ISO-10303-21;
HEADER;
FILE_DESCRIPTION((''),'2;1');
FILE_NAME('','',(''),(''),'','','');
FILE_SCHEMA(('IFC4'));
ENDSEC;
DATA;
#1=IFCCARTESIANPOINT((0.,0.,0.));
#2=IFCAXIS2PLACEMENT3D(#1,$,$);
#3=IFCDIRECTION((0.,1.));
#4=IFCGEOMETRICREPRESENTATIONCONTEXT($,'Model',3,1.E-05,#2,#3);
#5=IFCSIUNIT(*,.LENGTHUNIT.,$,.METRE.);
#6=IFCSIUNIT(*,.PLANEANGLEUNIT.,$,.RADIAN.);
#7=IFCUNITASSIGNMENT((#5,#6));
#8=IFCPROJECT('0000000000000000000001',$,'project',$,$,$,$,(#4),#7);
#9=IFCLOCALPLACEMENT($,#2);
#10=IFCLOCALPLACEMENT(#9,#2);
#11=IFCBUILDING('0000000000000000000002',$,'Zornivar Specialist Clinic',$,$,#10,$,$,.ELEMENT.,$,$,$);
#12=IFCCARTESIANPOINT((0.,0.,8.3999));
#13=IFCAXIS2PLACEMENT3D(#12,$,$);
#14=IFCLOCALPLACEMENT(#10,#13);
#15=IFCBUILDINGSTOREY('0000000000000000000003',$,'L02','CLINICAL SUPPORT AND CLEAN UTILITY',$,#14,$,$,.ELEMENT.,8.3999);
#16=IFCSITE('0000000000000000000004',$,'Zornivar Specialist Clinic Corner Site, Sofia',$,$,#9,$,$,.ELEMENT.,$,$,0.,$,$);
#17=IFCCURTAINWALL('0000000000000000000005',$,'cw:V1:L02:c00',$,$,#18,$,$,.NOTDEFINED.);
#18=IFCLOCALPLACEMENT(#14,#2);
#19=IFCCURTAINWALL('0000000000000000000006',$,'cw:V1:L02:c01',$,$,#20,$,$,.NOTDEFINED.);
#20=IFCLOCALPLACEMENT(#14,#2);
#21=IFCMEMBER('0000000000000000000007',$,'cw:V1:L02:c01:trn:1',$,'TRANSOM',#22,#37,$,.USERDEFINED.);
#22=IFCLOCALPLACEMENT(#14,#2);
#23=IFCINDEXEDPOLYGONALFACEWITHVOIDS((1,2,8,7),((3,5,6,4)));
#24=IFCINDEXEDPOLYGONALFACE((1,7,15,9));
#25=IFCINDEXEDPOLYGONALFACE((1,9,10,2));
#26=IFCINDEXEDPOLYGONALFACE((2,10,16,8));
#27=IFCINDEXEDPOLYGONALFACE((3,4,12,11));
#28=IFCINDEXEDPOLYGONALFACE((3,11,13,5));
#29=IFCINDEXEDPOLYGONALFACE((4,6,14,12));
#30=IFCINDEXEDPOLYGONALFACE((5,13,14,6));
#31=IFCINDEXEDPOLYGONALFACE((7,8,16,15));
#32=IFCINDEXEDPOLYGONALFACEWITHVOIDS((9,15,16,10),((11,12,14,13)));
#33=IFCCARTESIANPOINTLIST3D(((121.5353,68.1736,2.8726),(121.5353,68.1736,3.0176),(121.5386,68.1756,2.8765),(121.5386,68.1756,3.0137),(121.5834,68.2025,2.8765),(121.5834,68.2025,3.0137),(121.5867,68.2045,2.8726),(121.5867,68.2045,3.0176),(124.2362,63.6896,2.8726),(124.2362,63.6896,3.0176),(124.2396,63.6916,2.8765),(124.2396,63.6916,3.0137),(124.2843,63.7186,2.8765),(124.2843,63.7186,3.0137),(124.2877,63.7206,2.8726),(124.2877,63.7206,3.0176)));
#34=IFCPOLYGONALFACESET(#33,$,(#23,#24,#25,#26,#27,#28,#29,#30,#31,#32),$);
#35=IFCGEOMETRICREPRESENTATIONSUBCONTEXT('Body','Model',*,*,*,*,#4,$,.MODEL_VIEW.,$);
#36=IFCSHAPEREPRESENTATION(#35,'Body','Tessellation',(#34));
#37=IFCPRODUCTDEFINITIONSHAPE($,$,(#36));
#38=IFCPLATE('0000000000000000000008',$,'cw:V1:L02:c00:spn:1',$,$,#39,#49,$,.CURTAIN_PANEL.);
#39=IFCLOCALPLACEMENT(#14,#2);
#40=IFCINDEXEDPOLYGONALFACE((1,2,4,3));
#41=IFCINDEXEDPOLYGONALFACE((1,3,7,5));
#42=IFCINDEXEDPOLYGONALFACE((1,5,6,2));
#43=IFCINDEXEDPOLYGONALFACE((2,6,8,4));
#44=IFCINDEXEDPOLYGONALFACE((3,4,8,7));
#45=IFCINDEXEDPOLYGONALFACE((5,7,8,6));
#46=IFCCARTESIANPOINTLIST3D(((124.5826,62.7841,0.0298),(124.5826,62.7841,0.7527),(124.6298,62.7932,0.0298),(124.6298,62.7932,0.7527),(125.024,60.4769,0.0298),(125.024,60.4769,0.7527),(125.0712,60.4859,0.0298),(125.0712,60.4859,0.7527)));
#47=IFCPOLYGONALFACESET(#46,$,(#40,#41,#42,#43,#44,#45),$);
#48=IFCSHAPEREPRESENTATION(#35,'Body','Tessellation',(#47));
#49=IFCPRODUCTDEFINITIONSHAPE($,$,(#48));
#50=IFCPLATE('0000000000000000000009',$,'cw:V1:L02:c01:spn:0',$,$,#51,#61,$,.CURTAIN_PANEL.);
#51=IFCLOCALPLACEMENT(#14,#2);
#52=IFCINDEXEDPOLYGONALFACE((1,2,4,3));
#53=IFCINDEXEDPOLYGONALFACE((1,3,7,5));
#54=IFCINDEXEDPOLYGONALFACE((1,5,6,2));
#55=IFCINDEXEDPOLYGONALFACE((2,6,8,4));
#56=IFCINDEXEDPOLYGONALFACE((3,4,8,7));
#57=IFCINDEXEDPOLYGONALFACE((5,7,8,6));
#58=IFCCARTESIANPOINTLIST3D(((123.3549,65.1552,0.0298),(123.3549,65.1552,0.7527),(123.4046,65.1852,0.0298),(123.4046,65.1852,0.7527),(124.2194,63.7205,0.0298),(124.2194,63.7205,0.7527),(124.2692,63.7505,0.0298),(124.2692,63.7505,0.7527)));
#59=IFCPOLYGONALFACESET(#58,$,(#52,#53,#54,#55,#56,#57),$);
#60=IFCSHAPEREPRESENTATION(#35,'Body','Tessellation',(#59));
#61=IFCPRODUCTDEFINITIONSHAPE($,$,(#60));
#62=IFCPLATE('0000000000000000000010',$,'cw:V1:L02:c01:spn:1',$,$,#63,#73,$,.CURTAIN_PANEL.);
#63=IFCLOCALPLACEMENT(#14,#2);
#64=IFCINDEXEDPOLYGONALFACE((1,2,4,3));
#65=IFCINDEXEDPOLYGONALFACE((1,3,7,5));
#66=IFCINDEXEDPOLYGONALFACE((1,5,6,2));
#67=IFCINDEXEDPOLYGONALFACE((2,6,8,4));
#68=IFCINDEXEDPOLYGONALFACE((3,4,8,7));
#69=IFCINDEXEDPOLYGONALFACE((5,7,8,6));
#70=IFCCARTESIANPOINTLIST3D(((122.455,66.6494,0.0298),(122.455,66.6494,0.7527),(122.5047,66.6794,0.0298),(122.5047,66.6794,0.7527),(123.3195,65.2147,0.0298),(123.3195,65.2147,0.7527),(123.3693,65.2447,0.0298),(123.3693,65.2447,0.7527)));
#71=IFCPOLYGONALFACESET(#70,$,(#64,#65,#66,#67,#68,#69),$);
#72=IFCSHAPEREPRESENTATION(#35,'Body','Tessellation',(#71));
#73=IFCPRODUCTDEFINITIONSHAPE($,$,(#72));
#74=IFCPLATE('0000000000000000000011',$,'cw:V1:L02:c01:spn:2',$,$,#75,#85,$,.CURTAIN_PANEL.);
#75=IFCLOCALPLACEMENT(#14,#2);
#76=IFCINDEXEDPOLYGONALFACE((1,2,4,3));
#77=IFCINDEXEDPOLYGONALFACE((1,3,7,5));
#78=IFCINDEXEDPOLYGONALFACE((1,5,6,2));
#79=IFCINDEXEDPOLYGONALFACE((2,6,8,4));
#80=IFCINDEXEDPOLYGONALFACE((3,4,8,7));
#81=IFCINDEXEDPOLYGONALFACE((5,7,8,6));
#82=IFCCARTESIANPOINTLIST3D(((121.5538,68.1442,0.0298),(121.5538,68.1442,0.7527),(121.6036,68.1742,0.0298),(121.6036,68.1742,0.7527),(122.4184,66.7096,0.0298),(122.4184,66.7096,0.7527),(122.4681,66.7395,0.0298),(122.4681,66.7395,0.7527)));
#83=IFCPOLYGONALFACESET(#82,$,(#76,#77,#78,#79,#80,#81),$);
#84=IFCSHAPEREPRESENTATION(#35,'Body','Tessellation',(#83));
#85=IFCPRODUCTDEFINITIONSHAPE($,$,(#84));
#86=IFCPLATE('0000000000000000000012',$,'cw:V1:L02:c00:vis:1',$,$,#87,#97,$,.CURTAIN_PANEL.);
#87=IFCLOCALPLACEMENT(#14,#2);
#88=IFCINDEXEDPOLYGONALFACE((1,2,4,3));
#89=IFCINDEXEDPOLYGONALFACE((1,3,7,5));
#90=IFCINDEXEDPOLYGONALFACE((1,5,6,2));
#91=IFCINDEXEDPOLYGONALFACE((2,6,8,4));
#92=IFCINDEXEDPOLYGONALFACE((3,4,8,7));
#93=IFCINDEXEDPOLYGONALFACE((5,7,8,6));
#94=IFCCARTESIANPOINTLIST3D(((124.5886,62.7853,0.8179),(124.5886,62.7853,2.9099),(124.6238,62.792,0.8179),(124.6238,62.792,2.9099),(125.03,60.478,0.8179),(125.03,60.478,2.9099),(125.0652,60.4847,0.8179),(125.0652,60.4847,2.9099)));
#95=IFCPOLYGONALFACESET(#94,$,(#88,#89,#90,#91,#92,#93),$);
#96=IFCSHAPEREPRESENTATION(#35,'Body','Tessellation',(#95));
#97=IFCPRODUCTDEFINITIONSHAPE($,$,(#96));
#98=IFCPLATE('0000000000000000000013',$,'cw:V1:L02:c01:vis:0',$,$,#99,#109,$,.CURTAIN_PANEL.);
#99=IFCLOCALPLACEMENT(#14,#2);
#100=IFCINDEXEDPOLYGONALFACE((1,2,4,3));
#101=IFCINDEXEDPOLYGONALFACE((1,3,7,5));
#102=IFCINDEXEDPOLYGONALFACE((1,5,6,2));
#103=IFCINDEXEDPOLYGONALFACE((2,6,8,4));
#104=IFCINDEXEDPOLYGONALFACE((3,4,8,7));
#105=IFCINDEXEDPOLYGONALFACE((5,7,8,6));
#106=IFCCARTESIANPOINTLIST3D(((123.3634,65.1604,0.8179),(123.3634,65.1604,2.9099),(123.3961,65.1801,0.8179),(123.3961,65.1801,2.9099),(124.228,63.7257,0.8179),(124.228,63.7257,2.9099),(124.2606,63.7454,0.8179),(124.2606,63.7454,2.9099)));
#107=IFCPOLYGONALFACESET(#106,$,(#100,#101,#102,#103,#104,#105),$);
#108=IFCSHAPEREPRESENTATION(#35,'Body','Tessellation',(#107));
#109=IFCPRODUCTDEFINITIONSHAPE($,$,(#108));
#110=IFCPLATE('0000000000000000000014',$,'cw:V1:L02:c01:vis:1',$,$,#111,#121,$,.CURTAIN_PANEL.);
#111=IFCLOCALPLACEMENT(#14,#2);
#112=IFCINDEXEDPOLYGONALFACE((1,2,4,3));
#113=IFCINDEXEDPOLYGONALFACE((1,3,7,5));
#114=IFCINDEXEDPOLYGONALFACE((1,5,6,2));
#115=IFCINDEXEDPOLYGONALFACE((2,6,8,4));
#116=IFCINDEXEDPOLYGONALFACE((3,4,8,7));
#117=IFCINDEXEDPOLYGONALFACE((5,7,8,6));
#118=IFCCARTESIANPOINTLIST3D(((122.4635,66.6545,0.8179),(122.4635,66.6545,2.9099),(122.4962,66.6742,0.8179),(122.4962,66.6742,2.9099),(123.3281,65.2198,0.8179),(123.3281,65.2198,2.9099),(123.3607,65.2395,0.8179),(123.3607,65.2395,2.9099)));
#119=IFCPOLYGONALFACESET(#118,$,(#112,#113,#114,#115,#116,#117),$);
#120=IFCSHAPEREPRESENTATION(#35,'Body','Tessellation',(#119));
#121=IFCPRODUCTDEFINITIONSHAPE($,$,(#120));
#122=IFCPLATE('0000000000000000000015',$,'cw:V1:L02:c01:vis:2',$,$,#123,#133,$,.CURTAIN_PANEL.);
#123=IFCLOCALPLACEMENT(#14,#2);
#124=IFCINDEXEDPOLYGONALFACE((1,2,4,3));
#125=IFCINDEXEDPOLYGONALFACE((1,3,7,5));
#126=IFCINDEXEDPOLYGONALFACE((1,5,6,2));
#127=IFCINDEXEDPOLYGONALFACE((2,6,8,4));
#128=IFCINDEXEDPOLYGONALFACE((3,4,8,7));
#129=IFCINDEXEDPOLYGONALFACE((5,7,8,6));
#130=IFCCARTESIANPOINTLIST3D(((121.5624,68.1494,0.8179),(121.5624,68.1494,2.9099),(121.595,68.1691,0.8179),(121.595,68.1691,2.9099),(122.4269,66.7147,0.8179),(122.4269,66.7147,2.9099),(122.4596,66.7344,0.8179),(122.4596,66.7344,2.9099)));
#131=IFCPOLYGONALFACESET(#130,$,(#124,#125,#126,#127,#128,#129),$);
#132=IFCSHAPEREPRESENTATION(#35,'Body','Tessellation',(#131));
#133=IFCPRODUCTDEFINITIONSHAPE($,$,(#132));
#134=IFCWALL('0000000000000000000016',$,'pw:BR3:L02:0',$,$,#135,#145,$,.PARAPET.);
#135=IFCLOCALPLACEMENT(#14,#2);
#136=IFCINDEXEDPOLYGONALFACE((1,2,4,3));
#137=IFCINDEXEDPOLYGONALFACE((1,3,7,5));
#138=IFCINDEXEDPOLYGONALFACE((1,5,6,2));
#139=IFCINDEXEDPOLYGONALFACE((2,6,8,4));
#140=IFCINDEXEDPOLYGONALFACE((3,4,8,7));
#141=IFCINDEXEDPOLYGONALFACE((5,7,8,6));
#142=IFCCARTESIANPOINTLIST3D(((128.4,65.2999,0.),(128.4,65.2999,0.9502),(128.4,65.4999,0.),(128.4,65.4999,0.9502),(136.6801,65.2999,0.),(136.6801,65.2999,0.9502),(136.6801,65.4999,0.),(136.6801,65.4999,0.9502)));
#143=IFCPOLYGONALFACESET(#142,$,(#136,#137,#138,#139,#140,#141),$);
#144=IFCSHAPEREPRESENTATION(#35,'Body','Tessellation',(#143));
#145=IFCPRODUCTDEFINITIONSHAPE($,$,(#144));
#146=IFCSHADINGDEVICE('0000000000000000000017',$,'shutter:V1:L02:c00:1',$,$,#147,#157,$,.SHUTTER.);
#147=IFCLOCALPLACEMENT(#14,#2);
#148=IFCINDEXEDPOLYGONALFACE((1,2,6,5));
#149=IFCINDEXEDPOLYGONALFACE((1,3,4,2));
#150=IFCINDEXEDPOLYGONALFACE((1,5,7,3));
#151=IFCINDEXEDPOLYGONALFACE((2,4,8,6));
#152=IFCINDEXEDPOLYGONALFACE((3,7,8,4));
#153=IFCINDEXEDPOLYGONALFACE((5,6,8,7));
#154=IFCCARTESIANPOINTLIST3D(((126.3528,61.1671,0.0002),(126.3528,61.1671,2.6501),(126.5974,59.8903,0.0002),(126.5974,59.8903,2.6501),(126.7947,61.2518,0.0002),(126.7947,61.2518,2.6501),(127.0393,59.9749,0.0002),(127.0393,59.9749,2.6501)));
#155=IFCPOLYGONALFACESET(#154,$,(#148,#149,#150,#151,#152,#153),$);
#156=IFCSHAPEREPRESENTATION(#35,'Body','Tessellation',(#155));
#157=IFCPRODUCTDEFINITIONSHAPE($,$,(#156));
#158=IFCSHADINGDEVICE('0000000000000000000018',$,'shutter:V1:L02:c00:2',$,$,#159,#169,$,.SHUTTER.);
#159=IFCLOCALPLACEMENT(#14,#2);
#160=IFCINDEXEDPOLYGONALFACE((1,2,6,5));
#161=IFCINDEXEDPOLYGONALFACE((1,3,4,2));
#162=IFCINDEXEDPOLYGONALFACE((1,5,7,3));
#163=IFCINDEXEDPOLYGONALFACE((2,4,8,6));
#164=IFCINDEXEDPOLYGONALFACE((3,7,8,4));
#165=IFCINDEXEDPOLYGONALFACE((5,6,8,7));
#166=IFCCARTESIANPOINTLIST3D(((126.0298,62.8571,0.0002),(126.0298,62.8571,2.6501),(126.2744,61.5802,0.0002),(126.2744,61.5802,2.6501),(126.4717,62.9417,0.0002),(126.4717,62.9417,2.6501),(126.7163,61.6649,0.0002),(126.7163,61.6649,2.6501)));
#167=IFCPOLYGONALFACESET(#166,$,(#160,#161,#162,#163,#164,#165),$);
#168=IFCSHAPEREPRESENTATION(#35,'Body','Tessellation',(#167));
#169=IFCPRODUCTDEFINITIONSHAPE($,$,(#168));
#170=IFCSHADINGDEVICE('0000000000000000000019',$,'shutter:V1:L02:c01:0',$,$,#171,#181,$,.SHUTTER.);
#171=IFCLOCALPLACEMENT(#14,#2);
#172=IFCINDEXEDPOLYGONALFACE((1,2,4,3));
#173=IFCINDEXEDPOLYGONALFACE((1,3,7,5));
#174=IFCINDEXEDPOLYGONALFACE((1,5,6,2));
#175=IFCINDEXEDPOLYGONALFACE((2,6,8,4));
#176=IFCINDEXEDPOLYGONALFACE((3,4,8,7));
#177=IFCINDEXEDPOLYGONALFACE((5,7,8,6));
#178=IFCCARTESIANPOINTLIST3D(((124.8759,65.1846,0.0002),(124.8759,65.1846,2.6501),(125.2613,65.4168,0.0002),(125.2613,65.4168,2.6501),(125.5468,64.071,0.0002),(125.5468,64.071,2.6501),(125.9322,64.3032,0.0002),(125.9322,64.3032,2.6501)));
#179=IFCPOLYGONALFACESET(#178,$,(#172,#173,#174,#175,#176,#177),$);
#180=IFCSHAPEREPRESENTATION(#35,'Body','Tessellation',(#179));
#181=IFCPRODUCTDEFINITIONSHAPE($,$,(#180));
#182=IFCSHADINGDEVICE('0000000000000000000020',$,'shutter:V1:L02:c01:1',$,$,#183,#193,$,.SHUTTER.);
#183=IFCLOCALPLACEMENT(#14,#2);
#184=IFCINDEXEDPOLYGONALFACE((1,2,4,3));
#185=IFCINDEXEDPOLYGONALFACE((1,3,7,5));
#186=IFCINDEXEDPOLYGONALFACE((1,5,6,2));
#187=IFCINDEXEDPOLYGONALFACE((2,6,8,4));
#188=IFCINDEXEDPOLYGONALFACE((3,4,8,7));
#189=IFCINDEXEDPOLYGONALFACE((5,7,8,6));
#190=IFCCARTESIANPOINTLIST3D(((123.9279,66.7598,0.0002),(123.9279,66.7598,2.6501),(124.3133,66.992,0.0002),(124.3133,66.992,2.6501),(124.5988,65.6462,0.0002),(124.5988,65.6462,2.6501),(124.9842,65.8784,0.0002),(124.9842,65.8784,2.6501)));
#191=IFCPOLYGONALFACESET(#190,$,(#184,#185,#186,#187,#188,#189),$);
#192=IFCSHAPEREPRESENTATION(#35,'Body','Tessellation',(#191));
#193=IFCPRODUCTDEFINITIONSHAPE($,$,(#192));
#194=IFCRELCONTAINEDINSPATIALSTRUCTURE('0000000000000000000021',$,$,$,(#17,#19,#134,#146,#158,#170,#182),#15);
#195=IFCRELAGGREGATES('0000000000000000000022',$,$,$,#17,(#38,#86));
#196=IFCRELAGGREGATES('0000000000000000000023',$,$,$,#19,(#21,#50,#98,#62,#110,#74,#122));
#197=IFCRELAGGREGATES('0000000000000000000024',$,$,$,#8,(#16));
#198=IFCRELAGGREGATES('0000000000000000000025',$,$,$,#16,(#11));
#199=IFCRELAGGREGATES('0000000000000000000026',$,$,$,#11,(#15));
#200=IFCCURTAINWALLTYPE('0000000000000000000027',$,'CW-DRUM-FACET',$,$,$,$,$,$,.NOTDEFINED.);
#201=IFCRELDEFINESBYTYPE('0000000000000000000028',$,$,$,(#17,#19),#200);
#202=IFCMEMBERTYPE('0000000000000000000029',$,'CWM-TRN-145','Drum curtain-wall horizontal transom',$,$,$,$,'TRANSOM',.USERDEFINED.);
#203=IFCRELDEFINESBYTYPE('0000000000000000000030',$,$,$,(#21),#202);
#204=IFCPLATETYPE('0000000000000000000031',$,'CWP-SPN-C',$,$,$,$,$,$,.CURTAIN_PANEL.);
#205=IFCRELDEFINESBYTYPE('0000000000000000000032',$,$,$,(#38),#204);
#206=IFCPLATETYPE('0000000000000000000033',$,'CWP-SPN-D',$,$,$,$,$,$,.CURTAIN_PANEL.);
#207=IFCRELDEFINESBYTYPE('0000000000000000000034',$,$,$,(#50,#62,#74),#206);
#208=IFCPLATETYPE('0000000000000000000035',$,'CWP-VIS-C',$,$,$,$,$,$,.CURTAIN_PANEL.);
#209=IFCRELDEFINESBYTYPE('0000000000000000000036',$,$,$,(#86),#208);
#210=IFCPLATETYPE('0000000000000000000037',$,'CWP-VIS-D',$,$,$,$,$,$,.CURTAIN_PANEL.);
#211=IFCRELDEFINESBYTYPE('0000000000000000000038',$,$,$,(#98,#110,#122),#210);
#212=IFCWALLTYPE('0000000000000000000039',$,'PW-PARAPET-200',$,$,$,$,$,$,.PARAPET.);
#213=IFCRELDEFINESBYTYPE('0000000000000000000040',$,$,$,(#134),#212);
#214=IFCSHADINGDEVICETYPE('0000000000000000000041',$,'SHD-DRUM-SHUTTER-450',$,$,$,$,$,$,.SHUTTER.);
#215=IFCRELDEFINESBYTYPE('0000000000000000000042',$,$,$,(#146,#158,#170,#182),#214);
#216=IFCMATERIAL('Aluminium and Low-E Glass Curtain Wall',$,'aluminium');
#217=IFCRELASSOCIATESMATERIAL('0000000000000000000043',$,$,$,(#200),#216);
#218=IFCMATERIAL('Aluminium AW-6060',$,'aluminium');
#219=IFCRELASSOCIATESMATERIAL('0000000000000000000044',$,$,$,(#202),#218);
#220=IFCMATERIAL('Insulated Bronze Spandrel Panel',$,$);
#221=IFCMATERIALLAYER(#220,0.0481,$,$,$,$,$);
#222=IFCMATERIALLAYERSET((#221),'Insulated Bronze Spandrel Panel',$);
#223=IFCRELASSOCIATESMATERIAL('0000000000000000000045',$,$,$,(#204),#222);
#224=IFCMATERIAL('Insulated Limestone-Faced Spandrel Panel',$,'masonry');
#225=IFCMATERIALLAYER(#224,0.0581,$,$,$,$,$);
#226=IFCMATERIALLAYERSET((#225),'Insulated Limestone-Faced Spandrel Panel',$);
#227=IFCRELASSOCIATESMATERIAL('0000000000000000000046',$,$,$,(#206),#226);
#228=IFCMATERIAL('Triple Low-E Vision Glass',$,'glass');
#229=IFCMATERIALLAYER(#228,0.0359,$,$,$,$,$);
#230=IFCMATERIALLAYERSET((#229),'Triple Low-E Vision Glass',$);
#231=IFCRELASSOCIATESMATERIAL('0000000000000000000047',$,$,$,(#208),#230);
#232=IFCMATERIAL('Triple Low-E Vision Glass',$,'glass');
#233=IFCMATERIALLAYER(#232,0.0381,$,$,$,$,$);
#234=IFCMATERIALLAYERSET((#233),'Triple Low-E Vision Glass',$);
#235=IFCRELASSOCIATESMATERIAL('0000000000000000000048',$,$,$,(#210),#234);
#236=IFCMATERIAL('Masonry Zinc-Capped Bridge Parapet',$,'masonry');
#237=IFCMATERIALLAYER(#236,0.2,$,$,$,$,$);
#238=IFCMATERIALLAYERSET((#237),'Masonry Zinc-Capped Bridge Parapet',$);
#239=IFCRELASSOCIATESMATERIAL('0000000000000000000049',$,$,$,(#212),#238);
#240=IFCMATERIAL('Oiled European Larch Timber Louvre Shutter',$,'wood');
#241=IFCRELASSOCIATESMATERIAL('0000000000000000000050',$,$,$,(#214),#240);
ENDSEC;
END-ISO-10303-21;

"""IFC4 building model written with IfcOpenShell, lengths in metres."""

from ifc_helpers import new_model, si_unit, direction, frame, frame_2d, origin, origin_2d, place, context, subcontext, project, spatial, rectangle, hollow_rectangle, extrude, material, layer, layer_set, material_profile, profile_set, type_object, element, aggregate, save


model = new_model("IFC4")

# Units and contexts
model_context = context("Model", 3, precision=1e-05, world=origin(), true_north=direction((0.0, 1.0)))
body_context = subcontext(model_context, "Body", "Model", "MODEL_VIEW")
ifc_project = project(units=[si_unit("LENGTHUNIT", "METRE"), si_unit("PLANEANGLEUNIT", "RADIAN")], contexts=[model_context])

# Site, building, storey
site_placement = place(None, origin())
site = spatial("IfcSite", under=ifc_project, at=site_placement, Name="Zornivar Specialist Clinic Corner Site, Sofia", CompositionType="ELEMENT", RefElevation=0.0)
building_placement = place(site_placement, origin())
building = spatial("IfcBuilding", under=site, at=building_placement, Name="Zornivar Specialist Clinic", CompositionType="ELEMENT")
storey_placement = place(building_placement, frame((0.0, 0.0, 8.3999)))
storey = spatial("IfcBuildingStorey", under=building, at=storey_placement, Name="L02", Description="CLINICAL SUPPORT AND CLEAN UTILITY", CompositionType="ELEMENT", Elevation=8.3999)

# Curtain wall
ifc_material_1 = material(Name="Aluminium and Low-E Glass Curtain Wall", Category="aluminium")
curtain_wall_type = type_object("IfcCurtainWallType", Name="CW-DRUM-FACET", PredefinedType="NOTDEFINED", material=ifc_material_1)
curtain_wall_1_placement = place(storey_placement, origin())
curtain_wall_1 = element("IfcCurtainWall", 1, at=curtain_wall_1_placement, inside=storey, type_object=curtain_wall_type, Name="cw:V1:L02:c00", PredefinedType="NOTDEFINED")

# Curtain wall, member
curtain_wall_2_placement = place(storey_placement, origin())
curtain_wall_2 = element("IfcCurtainWall", 2, at=curtain_wall_2_placement, inside=storey, type_object=curtain_wall_type, Name="cw:V1:L02:c01", PredefinedType="NOTDEFINED")
ifc_material_2 = material(Name="Aluminium AW-6060", Category="aluminium")
ifc_material_profile_1 = material_profile(ifc_material_2, hollow_rectangle(XDim=0.0601, YDim=0.145, WallThickness=0.0039, at=origin_2d()), Name="ALU 60x145x4")
ifc_profile_set_1 = profile_set([ifc_material_profile_1], Name="Aluminium AW-6060")
member_type_1 = type_object("IfcMemberType", Name="CWM-TRN-145", Description="Drum curtain-wall horizontal transom", ElementType="TRANSOM", PredefinedType="USERDEFINED", material=ifc_profile_set_1)
member_1_placement = place(storey_placement, frame((124.262, 63.7051, 2.9451), z_axis=(-0.515983, 0.856599, 0.0), x_axis=(-0.856599, -0.515983, 0.0)))
member_1 = element("IfcMember", 3, at=member_1_placement, type_object=member_type_1, Name="cw:V1:L02:c01:trn:1", ObjectType="TRANSOM", PredefinedType="USERDEFINED", context=body_context, shape_type="SweptSolid", body=[
    extrude(hollow_rectangle(XDim=0.0601, YDim=0.145, WallThickness=0.0039, at=origin_2d()), origin(), (0.0, 0.0, 1.0), 5.2346),
])

# Plates
ifc_material_3 = material(Name="Insulated Bronze Spandrel Panel")
ifc_layer_1 = layer(ifc_material_3, 0.0481)
ifc_layer_set_1 = layer_set([ifc_layer_1], Name="Insulated Bronze Spandrel Panel")
plate_type_1 = type_object("IfcPlateType", Name="CWP-SPN-C", PredefinedType="CURTAIN_PANEL", material=ifc_layer_set_1)
plate_1_placement = place(storey_placement, frame((124.8269, 61.635, 0.0298), z_axis=(0.0, 0.0, 1.0), x_axis=(-0.187897, 0.982189, 0.0)))
plate_1 = element("IfcPlate", 4, at=plate_1_placement, type_object=plate_type_1, Name="cw:V1:L02:c00:spn:1", PredefinedType="CURTAIN_PANEL", context=body_context, shape_type="SweptSolid", body=[
    extrude(rectangle(XDim=2.3491, YDim=0.0481, at=origin_2d()), origin(), (0.0, 0.0, 1.0), 0.7229),
])
ifc_material_4 = material(Name="Insulated Limestone-Faced Spandrel Panel", Category="masonry")
ifc_layer_2 = layer(ifc_material_4, 0.0581)
ifc_layer_set_2 = layer_set([ifc_layer_2], Name="Insulated Limestone-Faced Spandrel Panel")
plate_type_2 = type_object("IfcPlateType", Name="CWP-SPN-D", PredefinedType="CURTAIN_PANEL", material=ifc_layer_set_2)
plate_2_placement = place(storey_placement, frame((123.812, 64.4529, 0.0298), z_axis=(0.0, 0.0, 1.0), x_axis=(-0.516127, 0.856512, 0.0)))
plate_2 = element("IfcPlate", 5, at=plate_2_placement, type_object=plate_type_2, Name="cw:V1:L02:c01:spn:0", PredefinedType="CURTAIN_PANEL", context=body_context, shape_type="SweptSolid", body=[
    extrude(rectangle(XDim=1.675, YDim=0.0581, at=origin_2d()), origin(), (0.0, 0.0, 1.0), 0.7229),
])
plate_3_placement = place(storey_placement, frame((122.9121, 65.947, 0.0298), z_axis=(0.0, 0.0, 1.0), x_axis=(-0.516127, 0.856512, 0.0)))
plate_3 = element("IfcPlate", 6, at=plate_3_placement, type_object=plate_type_2, Name="cw:V1:L02:c01:spn:1", PredefinedType="CURTAIN_PANEL", context=body_context, shape_type="SweptSolid", body=[
    extrude(rectangle(XDim=1.675, YDim=0.0581, at=origin_2d()), origin(), (0.0, 0.0, 1.0), 0.7229),
])
plate_4_placement = place(storey_placement, frame((122.011, 67.4419, 0.0298), z_axis=(0.0, 0.0, 1.0), x_axis=(-0.516127, 0.856512, 0.0)))
plate_4 = element("IfcPlate", 7, at=plate_4_placement, type_object=plate_type_2, Name="cw:V1:L02:c01:spn:2", PredefinedType="CURTAIN_PANEL", context=body_context, shape_type="SweptSolid", body=[
    extrude(rectangle(XDim=1.675, YDim=0.0581, at=origin_2d()), origin(), (0.0, 0.0, 1.0), 0.7229),
])
ifc_material_5 = material(Name="Triple Low-E Vision Glass", Category="glass")
ifc_layer_3 = layer(ifc_material_5, 0.0359)
ifc_layer_set_3 = layer_set([ifc_layer_3], Name="Triple Low-E Vision Glass")
plate_type_3 = type_object("IfcPlateType", Name="CWP-VIS-C", PredefinedType="CURTAIN_PANEL", material=ifc_layer_set_3)
plate_5_placement = place(storey_placement, frame((124.8269, 61.635, 0.8179), z_axis=(0.0, 0.0, 1.0), x_axis=(-0.187897, 0.982189, 0.0)))
plate_5 = element("IfcPlate", 8, at=plate_5_placement, type_object=plate_type_3, Name="cw:V1:L02:c00:vis:1", PredefinedType="CURTAIN_PANEL", context=body_context, shape_type="SweptSolid", body=[
    extrude(rectangle(XDim=2.3491, YDim=0.0359, at=origin_2d()), origin(), (0.0, 0.0, 1.0), 2.092),
])
aggregate(curtain_wall_1, [plate_1, plate_5])
ifc_material_6 = material(Name="Triple Low-E Vision Glass", Category="glass")
ifc_layer_4 = layer(ifc_material_6, 0.0381)
ifc_layer_set_4 = layer_set([ifc_layer_4], Name="Triple Low-E Vision Glass")
plate_type_4 = type_object("IfcPlateType", Name="CWP-VIS-D", PredefinedType="CURTAIN_PANEL", material=ifc_layer_set_4)
plate_6_placement = place(storey_placement, frame((123.812, 64.4529, 0.8179), z_axis=(0.0, 0.0, 1.0), x_axis=(-0.516127, 0.856512, 0.0)))
plate_6 = element("IfcPlate", 9, at=plate_6_placement, type_object=plate_type_4, Name="cw:V1:L02:c01:vis:0", PredefinedType="CURTAIN_PANEL", context=body_context, shape_type="SweptSolid", body=[
    extrude(rectangle(XDim=1.675, YDim=0.0381, at=origin_2d()), origin(), (0.0, 0.0, 1.0), 2.092),
])
plate_7_placement = place(storey_placement, frame((122.9121, 65.947, 0.8179), z_axis=(0.0, 0.0, 1.0), x_axis=(-0.516127, 0.856512, 0.0)))
plate_7 = element("IfcPlate", 10, at=plate_7_placement, type_object=plate_type_4, Name="cw:V1:L02:c01:vis:1", PredefinedType="CURTAIN_PANEL", context=body_context, shape_type="SweptSolid", body=[
    extrude(rectangle(XDim=1.675, YDim=0.0381, at=origin_2d()), origin(), (0.0, 0.0, 1.0), 2.092),
])
plate_8_placement = place(storey_placement, frame((122.011, 67.4419, 0.8179), z_axis=(0.0, 0.0, 1.0), x_axis=(-0.516127, 0.856512, 0.0)))
plate_8 = element("IfcPlate", 11, at=plate_8_placement, type_object=plate_type_4, Name="cw:V1:L02:c01:vis:2", PredefinedType="CURTAIN_PANEL", context=body_context, shape_type="SweptSolid", body=[
    extrude(rectangle(XDim=1.675, YDim=0.0381, at=origin_2d()), origin(), (0.0, 0.0, 1.0), 2.092),
])
aggregate(curtain_wall_2, [member_1, plate_2, plate_6, plate_3, plate_7, plate_4, plate_8])

# Wall
ifc_material_7 = material(Name="Masonry Zinc-Capped Bridge Parapet", Category="masonry")
ifc_layer_5 = layer(ifc_material_7, 0.2)
ifc_layer_set_5 = layer_set([ifc_layer_5], Name="Masonry Zinc-Capped Bridge Parapet")
wall_type = type_object("IfcWallType", Name="PW-PARAPET-200", PredefinedType="PARAPET", material=ifc_layer_set_5)
wall_placement = place(storey_placement, frame((128.3999, 65.3999, 0.0), z_axis=(0.0, 0.0, 1.0), x_axis=(1.0, 0.0, 0.0)))
element("IfcWall", 12, at=wall_placement, inside=storey, type_object=wall_type, Name="pw:BR3:L02:0", PredefinedType="PARAPET", context=body_context, shape_type="SweptSolid", body=[
    extrude(rectangle(XDim=8.28, YDim=0.2, at=frame_2d((4.1401, 0.0))), origin(), (0.0, 0.0, 1.0), 0.9502),
])

# Shading devices
ifc_material_8 = material(Name="Oiled European Larch Timber Louvre Shutter", Category="wood")
shading_device_type = type_object("IfcShadingDeviceType", Name="SHD-DRUM-SHUTTER-450", PredefinedType="SHUTTER", material=ifc_material_8)
for number, where, z_axis, x_axis, name in (
    (13, (126.696, 60.571, 0.0002), (0.0, 0.0, 1.0), (-0.188099, 0.98215, 0.0), "shutter:V1:L02:c00:1"),
    (14, (126.373, 62.261, 0.0002), (0.0, 0.0, 1.0), (-0.188099, 0.98215, 0.0), "shutter:V1:L02:c00:2"),
    (15, (125.4041, 64.7439, 0.0002), (0.0, 0.0, 1.0), (-0.516018, 0.856578, 0.0), "shutter:V1:L02:c01:0"),
    (16, (124.4561, 66.3191, 0.0002), (0.0, 0.0, 1.0), (-0.516018, 0.856578, 0.0), "shutter:V1:L02:c01:1"),
):
    element("IfcShadingDevice", number, at=place(storey_placement, frame(where, z_axis=z_axis, x_axis=x_axis)), inside=storey, type_object=shading_device_type, Name=name, PredefinedType="SHUTTER", context=body_context, shape_type="SweptSolid", body=[
        extrude(rectangle(XDim=1.3, YDim=0.45, at=origin_2d()), origin(), (0.0, 0.0, 1.0), 2.6499),
    ])

save(model, "model.ifc")
